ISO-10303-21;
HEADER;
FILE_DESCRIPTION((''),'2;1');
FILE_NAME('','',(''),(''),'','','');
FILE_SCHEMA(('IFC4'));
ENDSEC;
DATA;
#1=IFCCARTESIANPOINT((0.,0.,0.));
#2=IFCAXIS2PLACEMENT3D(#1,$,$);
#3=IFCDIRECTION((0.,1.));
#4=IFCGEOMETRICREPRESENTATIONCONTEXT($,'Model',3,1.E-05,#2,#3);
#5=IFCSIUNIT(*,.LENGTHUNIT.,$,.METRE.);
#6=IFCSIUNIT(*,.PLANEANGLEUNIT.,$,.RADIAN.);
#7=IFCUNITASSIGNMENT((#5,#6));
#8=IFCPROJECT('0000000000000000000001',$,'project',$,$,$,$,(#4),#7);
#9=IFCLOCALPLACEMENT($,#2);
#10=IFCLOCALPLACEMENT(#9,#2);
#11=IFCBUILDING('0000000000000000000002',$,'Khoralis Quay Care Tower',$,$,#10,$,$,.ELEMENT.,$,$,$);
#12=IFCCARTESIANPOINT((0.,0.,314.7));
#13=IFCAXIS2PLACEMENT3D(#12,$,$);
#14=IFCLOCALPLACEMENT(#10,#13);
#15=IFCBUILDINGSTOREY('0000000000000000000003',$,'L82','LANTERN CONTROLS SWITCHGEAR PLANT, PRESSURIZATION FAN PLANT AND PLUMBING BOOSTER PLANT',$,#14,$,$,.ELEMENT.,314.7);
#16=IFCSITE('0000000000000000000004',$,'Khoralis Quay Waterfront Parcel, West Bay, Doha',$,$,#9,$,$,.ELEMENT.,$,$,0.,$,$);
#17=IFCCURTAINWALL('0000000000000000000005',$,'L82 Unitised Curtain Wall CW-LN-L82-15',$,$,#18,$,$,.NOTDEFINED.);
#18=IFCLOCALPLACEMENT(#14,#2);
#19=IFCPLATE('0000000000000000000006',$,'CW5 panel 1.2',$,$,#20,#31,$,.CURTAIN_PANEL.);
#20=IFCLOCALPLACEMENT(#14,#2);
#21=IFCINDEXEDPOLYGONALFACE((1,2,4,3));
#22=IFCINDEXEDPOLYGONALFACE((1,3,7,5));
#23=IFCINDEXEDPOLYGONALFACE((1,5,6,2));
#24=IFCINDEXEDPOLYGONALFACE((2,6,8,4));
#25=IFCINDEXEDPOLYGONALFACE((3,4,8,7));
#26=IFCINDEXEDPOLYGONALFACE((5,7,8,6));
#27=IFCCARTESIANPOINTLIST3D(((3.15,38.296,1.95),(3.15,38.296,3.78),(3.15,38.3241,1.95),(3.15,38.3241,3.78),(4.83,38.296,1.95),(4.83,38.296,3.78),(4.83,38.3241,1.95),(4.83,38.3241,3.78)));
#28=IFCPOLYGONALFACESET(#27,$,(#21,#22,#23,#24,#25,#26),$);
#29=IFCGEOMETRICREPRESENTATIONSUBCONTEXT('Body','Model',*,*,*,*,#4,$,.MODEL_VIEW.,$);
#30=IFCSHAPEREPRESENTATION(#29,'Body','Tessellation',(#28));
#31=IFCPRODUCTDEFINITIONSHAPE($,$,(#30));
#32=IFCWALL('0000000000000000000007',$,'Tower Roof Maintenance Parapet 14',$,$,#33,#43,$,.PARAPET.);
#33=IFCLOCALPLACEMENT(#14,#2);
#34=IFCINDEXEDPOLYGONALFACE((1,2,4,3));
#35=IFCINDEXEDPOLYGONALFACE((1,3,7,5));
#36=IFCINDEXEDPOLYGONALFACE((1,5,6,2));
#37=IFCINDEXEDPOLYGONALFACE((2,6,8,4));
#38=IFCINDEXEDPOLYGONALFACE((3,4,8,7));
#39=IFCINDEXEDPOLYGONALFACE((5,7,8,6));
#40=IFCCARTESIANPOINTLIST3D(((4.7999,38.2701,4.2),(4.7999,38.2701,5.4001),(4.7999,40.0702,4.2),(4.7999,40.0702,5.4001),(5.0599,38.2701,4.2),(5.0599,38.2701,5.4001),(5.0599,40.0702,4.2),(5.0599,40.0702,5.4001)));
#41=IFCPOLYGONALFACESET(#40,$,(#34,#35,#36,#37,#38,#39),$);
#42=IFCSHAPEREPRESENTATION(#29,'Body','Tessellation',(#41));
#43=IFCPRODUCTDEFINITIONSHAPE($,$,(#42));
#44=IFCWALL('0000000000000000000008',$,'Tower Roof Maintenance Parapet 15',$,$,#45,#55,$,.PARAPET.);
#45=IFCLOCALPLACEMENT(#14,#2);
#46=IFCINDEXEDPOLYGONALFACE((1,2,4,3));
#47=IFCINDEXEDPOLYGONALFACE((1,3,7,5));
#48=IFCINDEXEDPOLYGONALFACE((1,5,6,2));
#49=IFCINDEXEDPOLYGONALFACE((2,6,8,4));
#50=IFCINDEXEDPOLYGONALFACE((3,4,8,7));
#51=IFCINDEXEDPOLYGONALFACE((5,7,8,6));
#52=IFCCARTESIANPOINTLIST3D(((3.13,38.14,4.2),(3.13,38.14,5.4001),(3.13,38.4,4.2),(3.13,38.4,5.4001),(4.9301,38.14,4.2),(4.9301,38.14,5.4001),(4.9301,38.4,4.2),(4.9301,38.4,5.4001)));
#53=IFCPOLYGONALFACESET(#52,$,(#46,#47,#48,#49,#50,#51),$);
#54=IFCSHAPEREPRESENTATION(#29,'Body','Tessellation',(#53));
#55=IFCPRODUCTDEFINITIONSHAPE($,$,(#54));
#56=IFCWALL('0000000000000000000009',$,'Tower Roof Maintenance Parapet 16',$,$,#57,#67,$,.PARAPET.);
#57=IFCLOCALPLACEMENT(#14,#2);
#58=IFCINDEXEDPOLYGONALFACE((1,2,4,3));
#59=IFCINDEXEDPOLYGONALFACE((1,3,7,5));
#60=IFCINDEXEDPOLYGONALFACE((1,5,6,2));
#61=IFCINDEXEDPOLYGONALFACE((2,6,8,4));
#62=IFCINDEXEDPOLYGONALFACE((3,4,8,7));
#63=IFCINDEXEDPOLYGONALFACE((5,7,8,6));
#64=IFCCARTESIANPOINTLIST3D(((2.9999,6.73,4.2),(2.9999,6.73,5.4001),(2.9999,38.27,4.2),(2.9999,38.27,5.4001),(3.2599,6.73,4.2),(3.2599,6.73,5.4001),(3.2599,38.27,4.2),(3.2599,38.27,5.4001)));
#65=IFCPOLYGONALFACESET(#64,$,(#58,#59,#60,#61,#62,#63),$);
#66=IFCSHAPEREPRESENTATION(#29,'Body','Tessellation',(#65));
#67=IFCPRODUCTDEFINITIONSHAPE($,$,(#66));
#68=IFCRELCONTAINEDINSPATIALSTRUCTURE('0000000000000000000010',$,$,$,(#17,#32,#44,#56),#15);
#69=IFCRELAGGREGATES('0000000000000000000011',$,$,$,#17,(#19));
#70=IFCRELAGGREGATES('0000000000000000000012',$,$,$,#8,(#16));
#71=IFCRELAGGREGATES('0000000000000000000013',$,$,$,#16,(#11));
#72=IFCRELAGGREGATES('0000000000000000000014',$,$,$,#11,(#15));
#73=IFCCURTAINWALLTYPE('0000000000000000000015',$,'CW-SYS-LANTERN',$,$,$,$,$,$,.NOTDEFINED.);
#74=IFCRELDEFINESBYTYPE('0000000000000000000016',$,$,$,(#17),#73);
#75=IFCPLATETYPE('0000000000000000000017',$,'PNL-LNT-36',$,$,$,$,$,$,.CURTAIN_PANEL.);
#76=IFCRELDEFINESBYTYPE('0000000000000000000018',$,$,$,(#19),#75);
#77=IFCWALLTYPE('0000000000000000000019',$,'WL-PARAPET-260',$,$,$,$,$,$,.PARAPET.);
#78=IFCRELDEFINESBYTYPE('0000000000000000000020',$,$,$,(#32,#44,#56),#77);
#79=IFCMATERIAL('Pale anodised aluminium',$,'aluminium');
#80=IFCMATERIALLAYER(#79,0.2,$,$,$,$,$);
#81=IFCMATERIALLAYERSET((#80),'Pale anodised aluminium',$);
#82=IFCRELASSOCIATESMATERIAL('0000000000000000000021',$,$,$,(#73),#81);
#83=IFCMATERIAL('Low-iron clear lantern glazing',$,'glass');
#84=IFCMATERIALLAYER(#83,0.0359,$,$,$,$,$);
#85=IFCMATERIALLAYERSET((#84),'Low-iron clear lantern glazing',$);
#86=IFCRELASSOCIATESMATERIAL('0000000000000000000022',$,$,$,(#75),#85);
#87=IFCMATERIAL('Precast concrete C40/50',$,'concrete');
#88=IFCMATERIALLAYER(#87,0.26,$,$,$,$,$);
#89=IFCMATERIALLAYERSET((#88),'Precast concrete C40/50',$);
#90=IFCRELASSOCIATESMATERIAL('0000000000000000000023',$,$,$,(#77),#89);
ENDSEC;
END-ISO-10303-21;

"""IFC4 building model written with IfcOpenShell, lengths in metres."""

from ifc_helpers import new_model, si_unit, direction, frame, frame_2d, origin, origin_2d, place, context, subcontext, project, spatial, rectangle, extrude, source, transform, mapped, material, layer, layer_set, type_object, element, aggregate, save


model = new_model("IFC4")

# Units and contexts
model_context = context("Model", 3, precision=1e-05, world=origin(), true_north=direction((0.0, 1.0)))
body_context = subcontext(model_context, "Body", "Model", "MODEL_VIEW")
ifc_project = project(units=[si_unit("LENGTHUNIT", "METRE"), si_unit("PLANEANGLEUNIT", "RADIAN")], contexts=[model_context])

# Site, building, storey
site_placement = place(None, origin())
site = spatial("IfcSite", under=ifc_project, at=site_placement, Name="Khoralis Quay Waterfront Parcel, West Bay, Doha", CompositionType="ELEMENT", RefElevation=0.0)
building_placement = place(site_placement, origin())
building = spatial("IfcBuilding", under=site, at=building_placement, Name="Khoralis Quay Care Tower", CompositionType="ELEMENT")
storey_placement = place(building_placement, frame((0.0, 0.0, 314.7)))
storey = spatial("IfcBuildingStorey", under=building, at=storey_placement, Name="L82", Description="LANTERN CONTROLS SWITCHGEAR PLANT, PRESSURIZATION FAN PLANT AND PLUMBING BOOSTER PLANT", CompositionType="ELEMENT", Elevation=314.7)

# Shared definitions
ifc_material_1 = material(Name="Pale anodised aluminium", Category="aluminium")
ifc_layer_1 = layer(ifc_material_1, 0.2)
ifc_layer_set_1 = layer_set([ifc_layer_1], Name="Pale anodised aluminium")
curtain_wall_type = type_object("IfcCurtainWallType", Name="CW-SYS-LANTERN", PredefinedType="NOTDEFINED", material=ifc_layer_set_1)

# Curtain wall
curtain_wall_1_placement = place(storey_placement, origin())
curtain_wall_1 = element("IfcCurtainWall", 1, at=curtain_wall_1_placement, inside=storey, type_object=curtain_wall_type, Name="L82 Unitised Curtain Wall CW-LN-L82-15", PredefinedType="NOTDEFINED")

# Plate
ifc_material_2 = material(Name="Low-iron clear lantern glazing", Category="glass")
ifc_layer_2 = layer(ifc_material_2, 0.0359)
ifc_layer_set_2 = layer_set([ifc_layer_2], Name="Low-iron clear lantern glazing")
plate_type = type_object("IfcPlateType", Name="PNL-LNT-36", PredefinedType="CURTAIN_PANEL", material=ifc_layer_set_2)
shared_shape_1 = source(origin(), body_context, "Body", "SweptSolid", [
    extrude(rectangle(XDim=1.6799, YDim=0.0281, at=origin_2d()), origin(), (0.0, 0.0, 1.0), 1.8301),
])
plate_1_placement = place(storey_placement, frame((3.99, 38.3101, 1.95), z_axis=(0.0, 0.0, 1.0), x_axis=(-1.0, 0.0, 0.0)))
plate_1 = element("IfcPlate", 2, at=plate_1_placement, type_object=plate_type, Name="CW5 panel 1.2", PredefinedType="CURTAIN_PANEL", context=body_context, shape_type="MappedRepresentation", body=[
    mapped(shared_shape_1, transform((0.0, 0.0, 0.0), scale=1.0)),
])
aggregate(curtain_wall_1, [plate_1])

# Walls
ifc_material_3 = material(Name="Precast concrete C40/50", Category="concrete")
ifc_layer_3 = layer(ifc_material_3, 0.26)
ifc_layer_set_3 = layer_set([ifc_layer_3], Name="Precast concrete C40/50")
wall_type = type_object("IfcWallType", Name="WL-PARAPET-260", PredefinedType="PARAPET", material=ifc_layer_set_3)
for number, where, z_axis, x_axis, name in (
    (3, (4.9299, 40.0701, 4.2), (0.0, 0.0, 1.0), (0.0, -1.0, 0.0), "Tower Roof Maintenance Parapet 14"),
    (4, (4.9299, 38.27, 4.2), (0.0, 0.0, 1.0), (-1.0, 0.0, 0.0), "Tower Roof Maintenance Parapet 15"),
):
    element("IfcWall", number, at=place(storey_placement, frame(where, z_axis=z_axis, x_axis=x_axis)), inside=storey, type_object=wall_type, Name=name, PredefinedType="PARAPET", context=body_context, shape_type="SweptSolid", body=[
        extrude(rectangle(XDim=1.8, YDim=0.26, at=frame_2d((0.8999, 0.0))), origin(), (0.0, 0.0, 1.0), 1.2002),
    ])
wall_placement = place(storey_placement, frame((3.1299, 38.27, 4.2), z_axis=(0.0, 0.0, 1.0), x_axis=(0.0, -1.0, 0.0)))
element("IfcWall", 5, at=wall_placement, inside=storey, type_object=wall_type, Name="Tower Roof Maintenance Parapet 16", PredefinedType="PARAPET", context=body_context, shape_type="SweptSolid", body=[
    extrude(rectangle(XDim=31.54, YDim=0.26, at=frame_2d((15.77, 0.0))), origin(), (0.0, 0.0, 1.0), 1.2002),
])

save(model, "model.ifc")
